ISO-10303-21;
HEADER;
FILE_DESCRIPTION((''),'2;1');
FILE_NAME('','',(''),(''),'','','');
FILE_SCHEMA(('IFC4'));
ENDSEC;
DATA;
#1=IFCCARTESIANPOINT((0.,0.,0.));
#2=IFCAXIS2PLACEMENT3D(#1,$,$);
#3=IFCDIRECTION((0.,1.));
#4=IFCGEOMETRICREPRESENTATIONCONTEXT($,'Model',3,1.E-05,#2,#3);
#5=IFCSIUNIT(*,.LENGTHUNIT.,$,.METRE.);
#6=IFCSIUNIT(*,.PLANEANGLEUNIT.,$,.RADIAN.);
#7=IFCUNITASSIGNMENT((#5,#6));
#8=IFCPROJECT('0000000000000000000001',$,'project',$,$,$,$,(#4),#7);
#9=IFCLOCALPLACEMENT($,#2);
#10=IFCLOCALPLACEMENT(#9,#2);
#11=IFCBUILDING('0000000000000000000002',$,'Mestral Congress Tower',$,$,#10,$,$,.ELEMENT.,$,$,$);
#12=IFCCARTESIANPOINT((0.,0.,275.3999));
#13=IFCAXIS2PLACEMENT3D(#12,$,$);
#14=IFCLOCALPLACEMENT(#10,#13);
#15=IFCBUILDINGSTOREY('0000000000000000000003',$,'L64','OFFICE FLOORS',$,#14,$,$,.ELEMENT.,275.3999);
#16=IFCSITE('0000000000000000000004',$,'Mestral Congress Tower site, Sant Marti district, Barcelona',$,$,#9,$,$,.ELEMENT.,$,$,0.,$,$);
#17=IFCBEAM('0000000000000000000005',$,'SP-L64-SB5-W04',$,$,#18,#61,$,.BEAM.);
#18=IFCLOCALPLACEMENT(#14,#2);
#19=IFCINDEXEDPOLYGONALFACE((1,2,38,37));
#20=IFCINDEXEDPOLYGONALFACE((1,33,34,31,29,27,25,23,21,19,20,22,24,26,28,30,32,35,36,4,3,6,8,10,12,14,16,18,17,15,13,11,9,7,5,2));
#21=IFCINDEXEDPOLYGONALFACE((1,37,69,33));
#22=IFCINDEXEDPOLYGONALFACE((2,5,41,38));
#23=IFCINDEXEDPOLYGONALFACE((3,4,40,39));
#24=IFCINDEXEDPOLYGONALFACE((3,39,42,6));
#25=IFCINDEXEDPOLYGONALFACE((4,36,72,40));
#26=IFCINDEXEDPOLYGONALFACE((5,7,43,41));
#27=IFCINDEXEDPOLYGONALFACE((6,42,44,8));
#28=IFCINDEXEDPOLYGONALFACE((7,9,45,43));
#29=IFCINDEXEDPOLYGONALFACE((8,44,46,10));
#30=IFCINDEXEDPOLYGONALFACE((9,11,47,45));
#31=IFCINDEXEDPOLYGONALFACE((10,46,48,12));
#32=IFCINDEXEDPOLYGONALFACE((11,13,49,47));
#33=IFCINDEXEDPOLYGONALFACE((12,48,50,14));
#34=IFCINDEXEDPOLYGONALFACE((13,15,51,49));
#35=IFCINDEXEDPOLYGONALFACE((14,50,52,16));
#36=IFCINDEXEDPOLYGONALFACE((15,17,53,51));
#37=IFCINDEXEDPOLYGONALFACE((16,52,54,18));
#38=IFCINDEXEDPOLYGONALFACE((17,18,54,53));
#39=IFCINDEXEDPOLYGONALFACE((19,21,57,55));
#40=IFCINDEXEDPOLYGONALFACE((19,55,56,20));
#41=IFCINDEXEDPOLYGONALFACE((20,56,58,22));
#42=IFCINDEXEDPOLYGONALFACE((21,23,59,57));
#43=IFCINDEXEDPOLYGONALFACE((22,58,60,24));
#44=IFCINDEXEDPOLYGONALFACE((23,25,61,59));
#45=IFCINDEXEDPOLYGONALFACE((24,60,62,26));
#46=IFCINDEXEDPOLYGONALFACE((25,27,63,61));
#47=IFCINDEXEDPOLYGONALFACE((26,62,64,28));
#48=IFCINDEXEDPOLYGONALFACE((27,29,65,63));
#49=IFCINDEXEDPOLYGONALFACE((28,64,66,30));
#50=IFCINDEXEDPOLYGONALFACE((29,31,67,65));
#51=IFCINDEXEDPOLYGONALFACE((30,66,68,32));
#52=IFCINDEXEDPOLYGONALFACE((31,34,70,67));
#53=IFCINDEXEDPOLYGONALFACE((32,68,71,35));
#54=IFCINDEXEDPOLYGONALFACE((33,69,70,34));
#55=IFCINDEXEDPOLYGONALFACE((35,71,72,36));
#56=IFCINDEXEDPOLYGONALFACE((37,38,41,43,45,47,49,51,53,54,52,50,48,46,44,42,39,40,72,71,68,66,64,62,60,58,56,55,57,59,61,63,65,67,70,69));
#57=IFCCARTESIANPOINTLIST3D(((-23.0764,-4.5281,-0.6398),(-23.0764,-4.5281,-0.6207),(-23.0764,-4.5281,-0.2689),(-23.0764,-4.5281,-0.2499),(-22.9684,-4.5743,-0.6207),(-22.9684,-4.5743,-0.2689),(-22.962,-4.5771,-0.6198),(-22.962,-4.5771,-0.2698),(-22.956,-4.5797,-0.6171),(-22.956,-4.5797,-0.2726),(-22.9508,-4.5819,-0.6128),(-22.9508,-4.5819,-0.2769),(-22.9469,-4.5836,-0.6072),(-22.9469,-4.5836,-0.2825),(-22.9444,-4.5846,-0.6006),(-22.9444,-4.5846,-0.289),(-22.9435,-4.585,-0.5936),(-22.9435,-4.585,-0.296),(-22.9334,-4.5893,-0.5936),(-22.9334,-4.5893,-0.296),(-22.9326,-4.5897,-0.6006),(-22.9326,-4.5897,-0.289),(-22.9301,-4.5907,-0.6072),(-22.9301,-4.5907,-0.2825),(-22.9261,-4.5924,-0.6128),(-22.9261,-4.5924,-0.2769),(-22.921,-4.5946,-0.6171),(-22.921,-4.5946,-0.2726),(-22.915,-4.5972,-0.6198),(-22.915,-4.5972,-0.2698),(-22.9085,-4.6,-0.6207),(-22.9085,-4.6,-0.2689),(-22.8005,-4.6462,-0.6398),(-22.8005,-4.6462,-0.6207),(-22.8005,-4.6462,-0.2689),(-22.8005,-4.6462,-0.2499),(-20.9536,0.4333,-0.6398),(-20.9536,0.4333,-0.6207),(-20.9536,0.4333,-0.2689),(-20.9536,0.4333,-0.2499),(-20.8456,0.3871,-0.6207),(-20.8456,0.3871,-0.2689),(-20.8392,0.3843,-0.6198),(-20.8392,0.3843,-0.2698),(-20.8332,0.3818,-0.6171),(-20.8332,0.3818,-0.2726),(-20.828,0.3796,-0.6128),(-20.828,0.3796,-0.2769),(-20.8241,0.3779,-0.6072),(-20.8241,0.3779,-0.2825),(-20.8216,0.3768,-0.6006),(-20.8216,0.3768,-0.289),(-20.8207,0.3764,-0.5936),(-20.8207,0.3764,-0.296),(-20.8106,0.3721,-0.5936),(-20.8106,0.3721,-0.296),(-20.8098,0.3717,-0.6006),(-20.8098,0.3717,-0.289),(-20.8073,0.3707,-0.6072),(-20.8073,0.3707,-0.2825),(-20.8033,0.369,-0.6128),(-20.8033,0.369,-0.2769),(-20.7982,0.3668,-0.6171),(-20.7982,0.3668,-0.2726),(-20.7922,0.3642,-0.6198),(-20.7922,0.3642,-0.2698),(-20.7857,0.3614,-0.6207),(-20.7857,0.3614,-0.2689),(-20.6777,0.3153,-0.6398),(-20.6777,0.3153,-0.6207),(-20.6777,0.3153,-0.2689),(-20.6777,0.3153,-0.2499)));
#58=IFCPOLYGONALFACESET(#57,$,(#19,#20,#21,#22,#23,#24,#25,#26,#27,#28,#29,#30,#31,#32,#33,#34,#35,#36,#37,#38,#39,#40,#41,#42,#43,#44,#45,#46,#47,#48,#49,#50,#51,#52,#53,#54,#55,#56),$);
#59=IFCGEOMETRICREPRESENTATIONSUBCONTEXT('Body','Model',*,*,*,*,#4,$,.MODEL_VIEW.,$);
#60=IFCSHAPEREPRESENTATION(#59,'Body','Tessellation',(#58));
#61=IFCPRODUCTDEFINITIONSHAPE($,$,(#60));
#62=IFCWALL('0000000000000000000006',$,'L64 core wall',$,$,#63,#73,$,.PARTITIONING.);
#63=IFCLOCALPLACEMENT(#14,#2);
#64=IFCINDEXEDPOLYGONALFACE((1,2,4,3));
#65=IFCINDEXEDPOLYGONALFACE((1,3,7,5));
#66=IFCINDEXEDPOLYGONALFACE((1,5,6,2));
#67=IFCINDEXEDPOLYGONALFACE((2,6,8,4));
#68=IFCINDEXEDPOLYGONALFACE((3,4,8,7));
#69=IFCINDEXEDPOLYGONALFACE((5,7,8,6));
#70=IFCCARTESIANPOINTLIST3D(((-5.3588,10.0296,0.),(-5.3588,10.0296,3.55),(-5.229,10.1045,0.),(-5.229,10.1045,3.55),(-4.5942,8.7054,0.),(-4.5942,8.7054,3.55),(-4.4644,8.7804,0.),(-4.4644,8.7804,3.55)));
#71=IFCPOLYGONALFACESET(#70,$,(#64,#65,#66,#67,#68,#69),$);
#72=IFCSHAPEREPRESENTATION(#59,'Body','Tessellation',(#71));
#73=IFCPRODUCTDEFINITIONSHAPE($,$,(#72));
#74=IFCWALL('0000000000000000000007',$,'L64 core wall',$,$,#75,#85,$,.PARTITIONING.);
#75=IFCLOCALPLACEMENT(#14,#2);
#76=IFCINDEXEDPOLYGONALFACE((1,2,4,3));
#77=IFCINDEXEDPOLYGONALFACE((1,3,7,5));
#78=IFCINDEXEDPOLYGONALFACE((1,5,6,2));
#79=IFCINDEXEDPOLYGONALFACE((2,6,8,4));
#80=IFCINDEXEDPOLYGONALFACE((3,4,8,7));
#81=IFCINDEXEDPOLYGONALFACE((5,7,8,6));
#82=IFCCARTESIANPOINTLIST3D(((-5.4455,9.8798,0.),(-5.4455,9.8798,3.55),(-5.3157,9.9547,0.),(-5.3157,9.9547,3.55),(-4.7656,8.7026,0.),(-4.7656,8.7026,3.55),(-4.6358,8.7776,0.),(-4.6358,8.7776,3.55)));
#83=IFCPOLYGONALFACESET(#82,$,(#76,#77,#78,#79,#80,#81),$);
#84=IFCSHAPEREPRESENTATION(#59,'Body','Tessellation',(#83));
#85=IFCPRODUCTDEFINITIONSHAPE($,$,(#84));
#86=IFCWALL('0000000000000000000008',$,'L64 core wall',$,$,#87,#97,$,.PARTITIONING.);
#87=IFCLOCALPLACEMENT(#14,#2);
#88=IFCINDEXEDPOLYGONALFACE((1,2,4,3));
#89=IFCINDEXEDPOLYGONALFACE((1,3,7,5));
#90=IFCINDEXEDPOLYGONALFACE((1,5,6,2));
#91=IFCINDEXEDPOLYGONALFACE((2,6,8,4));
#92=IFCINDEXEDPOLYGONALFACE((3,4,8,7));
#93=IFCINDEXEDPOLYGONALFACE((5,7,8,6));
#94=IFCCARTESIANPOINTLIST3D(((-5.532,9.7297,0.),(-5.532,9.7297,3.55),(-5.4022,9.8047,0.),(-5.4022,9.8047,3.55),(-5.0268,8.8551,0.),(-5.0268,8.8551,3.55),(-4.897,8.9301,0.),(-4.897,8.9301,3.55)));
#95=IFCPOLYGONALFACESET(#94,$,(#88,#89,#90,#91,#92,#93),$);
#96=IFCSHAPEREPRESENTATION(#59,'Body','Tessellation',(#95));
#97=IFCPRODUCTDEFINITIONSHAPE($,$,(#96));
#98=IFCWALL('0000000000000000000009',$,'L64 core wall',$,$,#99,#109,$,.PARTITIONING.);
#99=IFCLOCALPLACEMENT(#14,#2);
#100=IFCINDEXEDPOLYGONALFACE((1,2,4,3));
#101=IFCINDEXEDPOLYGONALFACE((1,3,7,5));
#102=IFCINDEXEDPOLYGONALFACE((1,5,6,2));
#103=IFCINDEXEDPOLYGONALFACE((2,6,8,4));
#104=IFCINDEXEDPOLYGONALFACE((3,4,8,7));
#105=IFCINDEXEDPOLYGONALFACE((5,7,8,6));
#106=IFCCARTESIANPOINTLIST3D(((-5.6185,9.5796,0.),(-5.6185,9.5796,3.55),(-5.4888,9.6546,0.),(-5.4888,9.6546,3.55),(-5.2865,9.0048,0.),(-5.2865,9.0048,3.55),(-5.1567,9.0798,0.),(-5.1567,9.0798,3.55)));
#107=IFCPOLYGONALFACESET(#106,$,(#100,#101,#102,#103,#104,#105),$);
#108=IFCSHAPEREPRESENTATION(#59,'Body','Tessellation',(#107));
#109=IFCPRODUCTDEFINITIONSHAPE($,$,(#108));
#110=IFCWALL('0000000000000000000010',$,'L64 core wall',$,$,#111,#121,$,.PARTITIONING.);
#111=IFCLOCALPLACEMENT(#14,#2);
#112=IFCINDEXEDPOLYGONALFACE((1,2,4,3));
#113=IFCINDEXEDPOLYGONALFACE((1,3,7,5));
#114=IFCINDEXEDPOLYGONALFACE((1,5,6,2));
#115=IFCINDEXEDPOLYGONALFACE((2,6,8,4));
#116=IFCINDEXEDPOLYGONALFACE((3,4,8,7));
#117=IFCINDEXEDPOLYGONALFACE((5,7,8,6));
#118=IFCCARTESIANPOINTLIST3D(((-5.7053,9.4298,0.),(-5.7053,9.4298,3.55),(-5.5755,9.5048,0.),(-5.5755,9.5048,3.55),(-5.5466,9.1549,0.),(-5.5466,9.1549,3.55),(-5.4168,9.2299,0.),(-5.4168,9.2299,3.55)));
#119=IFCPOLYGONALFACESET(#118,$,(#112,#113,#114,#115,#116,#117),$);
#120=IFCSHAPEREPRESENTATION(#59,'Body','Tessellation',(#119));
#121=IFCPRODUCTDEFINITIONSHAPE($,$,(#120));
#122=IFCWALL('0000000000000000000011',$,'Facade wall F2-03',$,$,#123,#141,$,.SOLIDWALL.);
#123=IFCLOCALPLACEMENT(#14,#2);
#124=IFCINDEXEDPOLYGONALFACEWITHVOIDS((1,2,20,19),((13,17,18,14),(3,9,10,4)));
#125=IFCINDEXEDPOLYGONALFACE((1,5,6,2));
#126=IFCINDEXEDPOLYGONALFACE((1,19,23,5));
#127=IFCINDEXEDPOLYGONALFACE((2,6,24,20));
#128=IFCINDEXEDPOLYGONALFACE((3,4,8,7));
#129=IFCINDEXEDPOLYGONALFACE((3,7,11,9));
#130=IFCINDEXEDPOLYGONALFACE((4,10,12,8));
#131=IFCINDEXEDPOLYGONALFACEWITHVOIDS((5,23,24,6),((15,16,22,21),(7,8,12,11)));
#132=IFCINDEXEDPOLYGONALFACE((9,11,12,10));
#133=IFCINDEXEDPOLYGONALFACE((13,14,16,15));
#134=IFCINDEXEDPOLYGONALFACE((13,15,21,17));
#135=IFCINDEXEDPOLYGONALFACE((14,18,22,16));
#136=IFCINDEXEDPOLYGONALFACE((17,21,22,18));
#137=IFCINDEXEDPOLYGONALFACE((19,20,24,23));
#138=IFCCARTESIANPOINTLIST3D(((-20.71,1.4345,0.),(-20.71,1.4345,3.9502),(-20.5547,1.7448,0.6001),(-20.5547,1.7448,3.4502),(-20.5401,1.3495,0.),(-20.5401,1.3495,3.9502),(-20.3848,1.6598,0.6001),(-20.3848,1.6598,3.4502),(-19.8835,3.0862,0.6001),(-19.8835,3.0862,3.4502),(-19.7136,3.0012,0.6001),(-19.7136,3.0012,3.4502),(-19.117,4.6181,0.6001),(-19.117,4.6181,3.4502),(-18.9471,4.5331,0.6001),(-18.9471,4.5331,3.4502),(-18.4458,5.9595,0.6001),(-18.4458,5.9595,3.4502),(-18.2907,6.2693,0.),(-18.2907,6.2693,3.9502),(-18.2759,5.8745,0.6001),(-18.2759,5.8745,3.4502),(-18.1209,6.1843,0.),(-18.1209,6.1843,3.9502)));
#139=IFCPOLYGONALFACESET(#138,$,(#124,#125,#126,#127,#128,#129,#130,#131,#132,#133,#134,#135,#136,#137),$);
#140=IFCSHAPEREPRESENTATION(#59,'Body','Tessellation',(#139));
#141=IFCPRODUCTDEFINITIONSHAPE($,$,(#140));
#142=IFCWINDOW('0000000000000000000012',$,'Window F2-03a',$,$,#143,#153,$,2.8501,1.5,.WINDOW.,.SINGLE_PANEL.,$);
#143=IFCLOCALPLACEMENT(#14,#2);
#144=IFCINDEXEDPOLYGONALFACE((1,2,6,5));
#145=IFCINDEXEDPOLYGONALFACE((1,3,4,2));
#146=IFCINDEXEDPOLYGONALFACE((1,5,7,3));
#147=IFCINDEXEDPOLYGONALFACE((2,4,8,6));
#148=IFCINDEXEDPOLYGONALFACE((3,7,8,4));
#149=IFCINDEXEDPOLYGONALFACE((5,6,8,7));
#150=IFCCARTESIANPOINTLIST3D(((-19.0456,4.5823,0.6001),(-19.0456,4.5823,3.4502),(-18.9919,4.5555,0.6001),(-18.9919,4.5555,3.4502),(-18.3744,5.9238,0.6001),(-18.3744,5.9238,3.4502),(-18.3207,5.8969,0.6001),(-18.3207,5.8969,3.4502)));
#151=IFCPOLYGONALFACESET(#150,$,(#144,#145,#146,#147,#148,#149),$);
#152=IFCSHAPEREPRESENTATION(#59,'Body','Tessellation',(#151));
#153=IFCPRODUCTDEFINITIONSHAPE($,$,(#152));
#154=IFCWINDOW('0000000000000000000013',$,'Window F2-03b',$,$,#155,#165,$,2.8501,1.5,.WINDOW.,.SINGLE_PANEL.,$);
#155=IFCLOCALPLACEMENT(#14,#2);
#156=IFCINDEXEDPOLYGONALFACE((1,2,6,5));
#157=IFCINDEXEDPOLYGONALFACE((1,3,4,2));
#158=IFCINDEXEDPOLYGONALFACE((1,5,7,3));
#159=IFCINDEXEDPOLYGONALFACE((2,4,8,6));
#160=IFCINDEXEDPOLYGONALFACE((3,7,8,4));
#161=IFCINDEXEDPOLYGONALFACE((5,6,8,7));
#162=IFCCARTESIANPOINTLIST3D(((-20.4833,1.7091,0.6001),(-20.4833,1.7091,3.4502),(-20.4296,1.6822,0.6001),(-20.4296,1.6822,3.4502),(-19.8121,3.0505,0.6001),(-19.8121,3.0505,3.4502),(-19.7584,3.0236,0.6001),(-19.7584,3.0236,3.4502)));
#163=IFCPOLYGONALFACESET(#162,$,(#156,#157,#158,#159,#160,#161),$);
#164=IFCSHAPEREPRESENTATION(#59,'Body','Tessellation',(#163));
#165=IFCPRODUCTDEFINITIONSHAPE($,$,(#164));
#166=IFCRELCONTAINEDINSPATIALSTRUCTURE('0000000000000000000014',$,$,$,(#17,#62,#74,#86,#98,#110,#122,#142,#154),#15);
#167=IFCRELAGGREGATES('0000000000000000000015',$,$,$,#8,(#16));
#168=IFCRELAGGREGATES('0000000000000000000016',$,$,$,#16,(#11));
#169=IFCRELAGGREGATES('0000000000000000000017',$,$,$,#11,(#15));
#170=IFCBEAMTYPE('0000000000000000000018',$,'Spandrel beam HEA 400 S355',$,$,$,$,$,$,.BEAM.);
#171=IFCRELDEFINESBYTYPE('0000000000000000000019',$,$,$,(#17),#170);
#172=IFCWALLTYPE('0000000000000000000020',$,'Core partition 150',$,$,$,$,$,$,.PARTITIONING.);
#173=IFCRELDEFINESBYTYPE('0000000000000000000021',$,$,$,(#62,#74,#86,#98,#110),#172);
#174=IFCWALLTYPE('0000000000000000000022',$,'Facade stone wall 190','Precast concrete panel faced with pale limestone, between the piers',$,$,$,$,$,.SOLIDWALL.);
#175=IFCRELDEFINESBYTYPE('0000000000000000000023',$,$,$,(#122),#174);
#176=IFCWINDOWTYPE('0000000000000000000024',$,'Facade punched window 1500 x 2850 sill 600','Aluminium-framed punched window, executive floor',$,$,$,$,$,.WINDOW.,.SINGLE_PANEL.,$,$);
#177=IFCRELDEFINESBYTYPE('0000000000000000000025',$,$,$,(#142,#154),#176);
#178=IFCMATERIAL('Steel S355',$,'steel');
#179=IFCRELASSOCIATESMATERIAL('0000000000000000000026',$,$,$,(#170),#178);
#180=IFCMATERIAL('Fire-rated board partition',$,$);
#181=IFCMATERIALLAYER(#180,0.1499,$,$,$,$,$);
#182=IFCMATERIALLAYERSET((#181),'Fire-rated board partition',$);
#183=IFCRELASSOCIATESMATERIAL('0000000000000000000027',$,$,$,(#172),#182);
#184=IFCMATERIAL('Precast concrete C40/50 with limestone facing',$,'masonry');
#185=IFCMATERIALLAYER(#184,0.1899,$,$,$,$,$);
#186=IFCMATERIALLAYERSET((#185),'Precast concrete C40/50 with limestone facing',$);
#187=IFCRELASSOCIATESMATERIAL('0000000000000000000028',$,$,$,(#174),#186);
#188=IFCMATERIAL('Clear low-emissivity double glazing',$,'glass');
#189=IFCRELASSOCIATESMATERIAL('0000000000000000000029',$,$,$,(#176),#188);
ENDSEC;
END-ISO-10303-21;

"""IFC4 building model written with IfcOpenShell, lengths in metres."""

from ifc_helpers import new_model, si_unit, direction, frame, frame_2d, origin, origin_2d, place, context, subcontext, project, spatial, rectangle, i_section, extrude, material, layer, layer_set, material_profile, profile_set, type_object, element, fill, save


model = new_model("IFC4")

# Units and contexts
model_context = context("Model", 3, precision=1e-05, world=origin(), true_north=direction((0.0, 1.0)))
body_context = subcontext(model_context, "Body", "Model", "MODEL_VIEW")
ifc_project = project(units=[si_unit("LENGTHUNIT", "METRE"), si_unit("PLANEANGLEUNIT", "RADIAN")], contexts=[model_context])

# Site, building, storey
site_placement = place(None, origin())
site = spatial("IfcSite", under=ifc_project, at=site_placement, Name="Mestral Congress Tower site, Sant Marti district, Barcelona", CompositionType="ELEMENT", RefElevation=0.0)
building_placement = place(site_placement, origin())
building = spatial("IfcBuilding", under=site, at=building_placement, Name="Mestral Congress Tower", CompositionType="ELEMENT")
storey_placement = place(building_placement, frame((0.0, 0.0, 275.3999)))
storey = spatial("IfcBuildingStorey", under=building, at=storey_placement, Name="L64", Description="OFFICE FLOORS", CompositionType="ELEMENT", Elevation=275.3999)

# Beam
ifc_material_1 = material(Name="Steel S355", Category="steel")
ifc_material_profile_1 = material_profile(ifc_material_1, i_section(OverallWidth=0.3, OverallDepth=0.3899, WebThickness=0.011, FlangeThickness=0.019, FilletRadius=0.0271, at=origin_2d()), Name="HEA 400")
ifc_profile_set_1 = profile_set([ifc_material_profile_1], Name="Steel S355")
beam_type_1 = type_object("IfcBeamType", Name="Spandrel beam HEA 400 S355", PredefinedType="BEAM", material=ifc_profile_set_1)
beam_1_placement = place(storey_placement, frame((-20.8157, 0.3743, -0.4448), z_axis=(-0.393368, -0.919381, 0.0), x_axis=(0.919381, -0.393368, 0.0)))
element("IfcBeam", 1, at=beam_1_placement, inside=storey, type_object=beam_type_1, Name="SP-L64-SB5-W04", PredefinedType="BEAM", context=body_context, shape_type="SweptSolid", body=[
    extrude(i_section(OverallWidth=0.3, OverallDepth=0.3899, WebThickness=0.011, FlangeThickness=0.019, FilletRadius=0.0271, at=origin_2d()), origin(), (0.0, 0.0, 1.0), 5.3965),
])

# Walls
ifc_material_2 = material(Name="Fire-rated board partition")
ifc_layer_1 = layer(ifc_material_2, 0.1499)
ifc_layer_set_1 = layer_set([ifc_layer_1], Name="Fire-rated board partition")
wall_type_1 = type_object("IfcWallType", Name="Core partition 150", PredefinedType="PARTITIONING", material=ifc_layer_set_1)
wall_1_placement = place(storey_placement, frame((-5.2939, 10.0671, 0.0), z_axis=(0.0, 0.0, 1.0), x_axis=(0.500054, -0.865994, 0.0)))
element("IfcWall", 2, at=wall_1_placement, inside=storey, type_object=wall_type_1, Name="L64 core wall", PredefinedType="PARTITIONING", context=body_context, shape_type="SweptSolid", body=[
    extrude(rectangle(XDim=1.5291, YDim=0.1499, at=frame_2d((0.7646, 0.0))), origin(), (0.0, 0.0, 1.0), 3.55),
])
wall_2_placement = place(storey_placement, frame((-5.3806, 9.9172, 0.0), z_axis=(0.0, 0.0, 1.0), x_axis=(0.500137, -0.865946, 0.0)))
element("IfcWall", 3, at=wall_2_placement, inside=storey, type_object=wall_type_1, Name="L64 core wall", PredefinedType="PARTITIONING", context=body_context, shape_type="SweptSolid", body=[
    extrude(rectangle(XDim=1.3594, YDim=0.1499, at=frame_2d((0.6797, 0.0))), origin(), (0.0, 0.0, 1.0), 3.55),
])
wall_3_placement = place(storey_placement, frame((-5.467, 9.7671, 0.0), z_axis=(0.0, 0.0, 1.0), x_axis=(0.500169, -0.865928, 0.0)))
element("IfcWall", 4, at=wall_3_placement, inside=storey, type_object=wall_type_1, Name="L64 core wall", PredefinedType="PARTITIONING", context=body_context, shape_type="SweptSolid", body=[
    extrude(rectangle(XDim=1.01, YDim=0.1499, at=frame_2d((0.5049, 0.0))), origin(), (0.0, 0.0, 1.0), 3.55),
])
wall_4_placement = place(storey_placement, frame((-5.5537, 9.6172, 0.0), z_axis=(0.0, 0.0, 1.0), x_axis=(0.500253, -0.865879, 0.0)))
element("IfcWall", 5, at=wall_4_placement, inside=storey, type_object=wall_type_1, Name="L64 core wall", PredefinedType="PARTITIONING", context=body_context, shape_type="SweptSolid", body=[
    extrude(rectangle(XDim=0.6638, YDim=0.1499, at=frame_2d((0.332, 0.0))), origin(), (0.0, 0.0, 1.0), 3.55),
])
wall_5_placement = place(storey_placement, frame((-5.6404, 9.4673, 0.0), z_axis=(0.0, 0.0, 1.0), x_axis=(0.499944, -0.866058, 0.0)))
element("IfcWall", 6, at=wall_5_placement, inside=storey, type_object=wall_type_1, Name="L64 core wall", PredefinedType="PARTITIONING", context=body_context, shape_type="SweptSolid", body=[
    extrude(rectangle(XDim=0.3174, YDim=0.1499, at=frame_2d((0.1587, 0.0))), origin(), (0.0, 0.0, 1.0), 3.55),
])

# Wall, openings, windows
ifc_material_3 = material(Name="Precast concrete C40/50 with limestone facing", Category="masonry")
ifc_layer_2 = layer(ifc_material_3, 0.1899)
ifc_layer_set_2 = layer_set([ifc_layer_2], Name="Precast concrete C40/50 with limestone facing")
wall_type_2 = type_object("IfcWallType", Name="Facade stone wall 190", Description="Precast concrete panel faced with pale limestone, between the piers", PredefinedType="SOLIDWALL", material=ifc_layer_set_2)
wall_6_placement = place(storey_placement, frame((-18.2058, 6.2268, 0.0), z_axis=(0.0, 0.0, 1.0), x_axis=(-0.447485, -0.894292, 0.0)))
wall_6 = element("IfcWall", 7, at=wall_6_placement, inside=storey, type_object=wall_type_2, Name="Facade wall F2-03", PredefinedType="SOLIDWALL", context=body_context, shape_type="SweptSolid", body=[
    extrude(rectangle(XDim=5.4062, YDim=0.1899, at=frame_2d((2.7031, 0.0))), origin(), (0.0, 0.0, 1.0), 3.9502),
])
opening_1_placement = place(wall_6_placement, frame((0.3464, 0.0, 0.6001)))
opening_1 = element("IfcOpeningElement", 8, at=opening_1_placement, cuts=wall_6, PredefinedType="OPENING", context=body_context, shape_type="SweptSolid", body=[
    extrude(rectangle(XDim=1.5, YDim=2.8501, at=frame_2d((0.75, 1.425))), frame((0.0, 0.105, 0.0), z_axis=(0.0, -1.0, 0.0), x_axis=(1.0, 0.0, 0.0)), (0.0, 0.0, 1.0), 0.21),
])
opening_2_placement = place(wall_6_placement, frame((3.5593, 0.0, 0.6001)))
opening_2 = element("IfcOpeningElement", 9, at=opening_2_placement, cuts=wall_6, PredefinedType="OPENING", context=body_context, shape_type="SweptSolid", body=[
    extrude(rectangle(XDim=1.5, YDim=2.8501, at=frame_2d((0.75, 1.425))), frame((0.0, 0.105, 0.0), z_axis=(0.0, -1.0, 0.0), x_axis=(1.0, 0.0, 0.0)), (0.0, 0.0, 1.0), 0.21),
])
ifc_material_4 = material(Name="Clear low-emissivity double glazing", Category="glass")
window_type = type_object("IfcWindowType", Name="Facade punched window 1500 x 2850 sill 600", Description="Aluminium-framed punched window, executive floor", PartitioningType="SINGLE_PANEL", PredefinedType="WINDOW", material=ifc_material_4)
window_1_placement = place(opening_1_placement, origin())
window_1 = element("IfcWindow", 10, at=window_1_placement, inside=storey, type_object=window_type, Name="Window F2-03a", OverallHeight=2.8501, OverallWidth=1.5, PartitioningType="SINGLE_PANEL", PredefinedType="WINDOW", context=body_context, shape_type="SweptSolid", body=[
    extrude(rectangle(XDim=1.5, YDim=2.8501, at=frame_2d((0.75, 1.425))), frame((0.0, 0.0449, 0.0), z_axis=(0.0, -1.0, 0.0), x_axis=(1.0, 0.0, 0.0)), (0.0, 0.0, 1.0), 0.0601),
])
fill(opening_1, window_1)
window_2_placement = place(opening_2_placement, origin())
window_2 = element("IfcWindow", 11, at=window_2_placement, inside=storey, type_object=window_type, Name="Window F2-03b", OverallHeight=2.8501, OverallWidth=1.5, PartitioningType="SINGLE_PANEL", PredefinedType="WINDOW", context=body_context, shape_type="SweptSolid", body=[
    extrude(rectangle(XDim=1.5, YDim=2.8501, at=frame_2d((0.75, 1.425))), frame((0.0, 0.0449, 0.0), z_axis=(0.0, -1.0, 0.0), x_axis=(1.0, 0.0, 0.0)), (0.0, 0.0, 1.0), 0.0601),
])
fill(opening_2, window_2)

save(model, "model.ifc")
